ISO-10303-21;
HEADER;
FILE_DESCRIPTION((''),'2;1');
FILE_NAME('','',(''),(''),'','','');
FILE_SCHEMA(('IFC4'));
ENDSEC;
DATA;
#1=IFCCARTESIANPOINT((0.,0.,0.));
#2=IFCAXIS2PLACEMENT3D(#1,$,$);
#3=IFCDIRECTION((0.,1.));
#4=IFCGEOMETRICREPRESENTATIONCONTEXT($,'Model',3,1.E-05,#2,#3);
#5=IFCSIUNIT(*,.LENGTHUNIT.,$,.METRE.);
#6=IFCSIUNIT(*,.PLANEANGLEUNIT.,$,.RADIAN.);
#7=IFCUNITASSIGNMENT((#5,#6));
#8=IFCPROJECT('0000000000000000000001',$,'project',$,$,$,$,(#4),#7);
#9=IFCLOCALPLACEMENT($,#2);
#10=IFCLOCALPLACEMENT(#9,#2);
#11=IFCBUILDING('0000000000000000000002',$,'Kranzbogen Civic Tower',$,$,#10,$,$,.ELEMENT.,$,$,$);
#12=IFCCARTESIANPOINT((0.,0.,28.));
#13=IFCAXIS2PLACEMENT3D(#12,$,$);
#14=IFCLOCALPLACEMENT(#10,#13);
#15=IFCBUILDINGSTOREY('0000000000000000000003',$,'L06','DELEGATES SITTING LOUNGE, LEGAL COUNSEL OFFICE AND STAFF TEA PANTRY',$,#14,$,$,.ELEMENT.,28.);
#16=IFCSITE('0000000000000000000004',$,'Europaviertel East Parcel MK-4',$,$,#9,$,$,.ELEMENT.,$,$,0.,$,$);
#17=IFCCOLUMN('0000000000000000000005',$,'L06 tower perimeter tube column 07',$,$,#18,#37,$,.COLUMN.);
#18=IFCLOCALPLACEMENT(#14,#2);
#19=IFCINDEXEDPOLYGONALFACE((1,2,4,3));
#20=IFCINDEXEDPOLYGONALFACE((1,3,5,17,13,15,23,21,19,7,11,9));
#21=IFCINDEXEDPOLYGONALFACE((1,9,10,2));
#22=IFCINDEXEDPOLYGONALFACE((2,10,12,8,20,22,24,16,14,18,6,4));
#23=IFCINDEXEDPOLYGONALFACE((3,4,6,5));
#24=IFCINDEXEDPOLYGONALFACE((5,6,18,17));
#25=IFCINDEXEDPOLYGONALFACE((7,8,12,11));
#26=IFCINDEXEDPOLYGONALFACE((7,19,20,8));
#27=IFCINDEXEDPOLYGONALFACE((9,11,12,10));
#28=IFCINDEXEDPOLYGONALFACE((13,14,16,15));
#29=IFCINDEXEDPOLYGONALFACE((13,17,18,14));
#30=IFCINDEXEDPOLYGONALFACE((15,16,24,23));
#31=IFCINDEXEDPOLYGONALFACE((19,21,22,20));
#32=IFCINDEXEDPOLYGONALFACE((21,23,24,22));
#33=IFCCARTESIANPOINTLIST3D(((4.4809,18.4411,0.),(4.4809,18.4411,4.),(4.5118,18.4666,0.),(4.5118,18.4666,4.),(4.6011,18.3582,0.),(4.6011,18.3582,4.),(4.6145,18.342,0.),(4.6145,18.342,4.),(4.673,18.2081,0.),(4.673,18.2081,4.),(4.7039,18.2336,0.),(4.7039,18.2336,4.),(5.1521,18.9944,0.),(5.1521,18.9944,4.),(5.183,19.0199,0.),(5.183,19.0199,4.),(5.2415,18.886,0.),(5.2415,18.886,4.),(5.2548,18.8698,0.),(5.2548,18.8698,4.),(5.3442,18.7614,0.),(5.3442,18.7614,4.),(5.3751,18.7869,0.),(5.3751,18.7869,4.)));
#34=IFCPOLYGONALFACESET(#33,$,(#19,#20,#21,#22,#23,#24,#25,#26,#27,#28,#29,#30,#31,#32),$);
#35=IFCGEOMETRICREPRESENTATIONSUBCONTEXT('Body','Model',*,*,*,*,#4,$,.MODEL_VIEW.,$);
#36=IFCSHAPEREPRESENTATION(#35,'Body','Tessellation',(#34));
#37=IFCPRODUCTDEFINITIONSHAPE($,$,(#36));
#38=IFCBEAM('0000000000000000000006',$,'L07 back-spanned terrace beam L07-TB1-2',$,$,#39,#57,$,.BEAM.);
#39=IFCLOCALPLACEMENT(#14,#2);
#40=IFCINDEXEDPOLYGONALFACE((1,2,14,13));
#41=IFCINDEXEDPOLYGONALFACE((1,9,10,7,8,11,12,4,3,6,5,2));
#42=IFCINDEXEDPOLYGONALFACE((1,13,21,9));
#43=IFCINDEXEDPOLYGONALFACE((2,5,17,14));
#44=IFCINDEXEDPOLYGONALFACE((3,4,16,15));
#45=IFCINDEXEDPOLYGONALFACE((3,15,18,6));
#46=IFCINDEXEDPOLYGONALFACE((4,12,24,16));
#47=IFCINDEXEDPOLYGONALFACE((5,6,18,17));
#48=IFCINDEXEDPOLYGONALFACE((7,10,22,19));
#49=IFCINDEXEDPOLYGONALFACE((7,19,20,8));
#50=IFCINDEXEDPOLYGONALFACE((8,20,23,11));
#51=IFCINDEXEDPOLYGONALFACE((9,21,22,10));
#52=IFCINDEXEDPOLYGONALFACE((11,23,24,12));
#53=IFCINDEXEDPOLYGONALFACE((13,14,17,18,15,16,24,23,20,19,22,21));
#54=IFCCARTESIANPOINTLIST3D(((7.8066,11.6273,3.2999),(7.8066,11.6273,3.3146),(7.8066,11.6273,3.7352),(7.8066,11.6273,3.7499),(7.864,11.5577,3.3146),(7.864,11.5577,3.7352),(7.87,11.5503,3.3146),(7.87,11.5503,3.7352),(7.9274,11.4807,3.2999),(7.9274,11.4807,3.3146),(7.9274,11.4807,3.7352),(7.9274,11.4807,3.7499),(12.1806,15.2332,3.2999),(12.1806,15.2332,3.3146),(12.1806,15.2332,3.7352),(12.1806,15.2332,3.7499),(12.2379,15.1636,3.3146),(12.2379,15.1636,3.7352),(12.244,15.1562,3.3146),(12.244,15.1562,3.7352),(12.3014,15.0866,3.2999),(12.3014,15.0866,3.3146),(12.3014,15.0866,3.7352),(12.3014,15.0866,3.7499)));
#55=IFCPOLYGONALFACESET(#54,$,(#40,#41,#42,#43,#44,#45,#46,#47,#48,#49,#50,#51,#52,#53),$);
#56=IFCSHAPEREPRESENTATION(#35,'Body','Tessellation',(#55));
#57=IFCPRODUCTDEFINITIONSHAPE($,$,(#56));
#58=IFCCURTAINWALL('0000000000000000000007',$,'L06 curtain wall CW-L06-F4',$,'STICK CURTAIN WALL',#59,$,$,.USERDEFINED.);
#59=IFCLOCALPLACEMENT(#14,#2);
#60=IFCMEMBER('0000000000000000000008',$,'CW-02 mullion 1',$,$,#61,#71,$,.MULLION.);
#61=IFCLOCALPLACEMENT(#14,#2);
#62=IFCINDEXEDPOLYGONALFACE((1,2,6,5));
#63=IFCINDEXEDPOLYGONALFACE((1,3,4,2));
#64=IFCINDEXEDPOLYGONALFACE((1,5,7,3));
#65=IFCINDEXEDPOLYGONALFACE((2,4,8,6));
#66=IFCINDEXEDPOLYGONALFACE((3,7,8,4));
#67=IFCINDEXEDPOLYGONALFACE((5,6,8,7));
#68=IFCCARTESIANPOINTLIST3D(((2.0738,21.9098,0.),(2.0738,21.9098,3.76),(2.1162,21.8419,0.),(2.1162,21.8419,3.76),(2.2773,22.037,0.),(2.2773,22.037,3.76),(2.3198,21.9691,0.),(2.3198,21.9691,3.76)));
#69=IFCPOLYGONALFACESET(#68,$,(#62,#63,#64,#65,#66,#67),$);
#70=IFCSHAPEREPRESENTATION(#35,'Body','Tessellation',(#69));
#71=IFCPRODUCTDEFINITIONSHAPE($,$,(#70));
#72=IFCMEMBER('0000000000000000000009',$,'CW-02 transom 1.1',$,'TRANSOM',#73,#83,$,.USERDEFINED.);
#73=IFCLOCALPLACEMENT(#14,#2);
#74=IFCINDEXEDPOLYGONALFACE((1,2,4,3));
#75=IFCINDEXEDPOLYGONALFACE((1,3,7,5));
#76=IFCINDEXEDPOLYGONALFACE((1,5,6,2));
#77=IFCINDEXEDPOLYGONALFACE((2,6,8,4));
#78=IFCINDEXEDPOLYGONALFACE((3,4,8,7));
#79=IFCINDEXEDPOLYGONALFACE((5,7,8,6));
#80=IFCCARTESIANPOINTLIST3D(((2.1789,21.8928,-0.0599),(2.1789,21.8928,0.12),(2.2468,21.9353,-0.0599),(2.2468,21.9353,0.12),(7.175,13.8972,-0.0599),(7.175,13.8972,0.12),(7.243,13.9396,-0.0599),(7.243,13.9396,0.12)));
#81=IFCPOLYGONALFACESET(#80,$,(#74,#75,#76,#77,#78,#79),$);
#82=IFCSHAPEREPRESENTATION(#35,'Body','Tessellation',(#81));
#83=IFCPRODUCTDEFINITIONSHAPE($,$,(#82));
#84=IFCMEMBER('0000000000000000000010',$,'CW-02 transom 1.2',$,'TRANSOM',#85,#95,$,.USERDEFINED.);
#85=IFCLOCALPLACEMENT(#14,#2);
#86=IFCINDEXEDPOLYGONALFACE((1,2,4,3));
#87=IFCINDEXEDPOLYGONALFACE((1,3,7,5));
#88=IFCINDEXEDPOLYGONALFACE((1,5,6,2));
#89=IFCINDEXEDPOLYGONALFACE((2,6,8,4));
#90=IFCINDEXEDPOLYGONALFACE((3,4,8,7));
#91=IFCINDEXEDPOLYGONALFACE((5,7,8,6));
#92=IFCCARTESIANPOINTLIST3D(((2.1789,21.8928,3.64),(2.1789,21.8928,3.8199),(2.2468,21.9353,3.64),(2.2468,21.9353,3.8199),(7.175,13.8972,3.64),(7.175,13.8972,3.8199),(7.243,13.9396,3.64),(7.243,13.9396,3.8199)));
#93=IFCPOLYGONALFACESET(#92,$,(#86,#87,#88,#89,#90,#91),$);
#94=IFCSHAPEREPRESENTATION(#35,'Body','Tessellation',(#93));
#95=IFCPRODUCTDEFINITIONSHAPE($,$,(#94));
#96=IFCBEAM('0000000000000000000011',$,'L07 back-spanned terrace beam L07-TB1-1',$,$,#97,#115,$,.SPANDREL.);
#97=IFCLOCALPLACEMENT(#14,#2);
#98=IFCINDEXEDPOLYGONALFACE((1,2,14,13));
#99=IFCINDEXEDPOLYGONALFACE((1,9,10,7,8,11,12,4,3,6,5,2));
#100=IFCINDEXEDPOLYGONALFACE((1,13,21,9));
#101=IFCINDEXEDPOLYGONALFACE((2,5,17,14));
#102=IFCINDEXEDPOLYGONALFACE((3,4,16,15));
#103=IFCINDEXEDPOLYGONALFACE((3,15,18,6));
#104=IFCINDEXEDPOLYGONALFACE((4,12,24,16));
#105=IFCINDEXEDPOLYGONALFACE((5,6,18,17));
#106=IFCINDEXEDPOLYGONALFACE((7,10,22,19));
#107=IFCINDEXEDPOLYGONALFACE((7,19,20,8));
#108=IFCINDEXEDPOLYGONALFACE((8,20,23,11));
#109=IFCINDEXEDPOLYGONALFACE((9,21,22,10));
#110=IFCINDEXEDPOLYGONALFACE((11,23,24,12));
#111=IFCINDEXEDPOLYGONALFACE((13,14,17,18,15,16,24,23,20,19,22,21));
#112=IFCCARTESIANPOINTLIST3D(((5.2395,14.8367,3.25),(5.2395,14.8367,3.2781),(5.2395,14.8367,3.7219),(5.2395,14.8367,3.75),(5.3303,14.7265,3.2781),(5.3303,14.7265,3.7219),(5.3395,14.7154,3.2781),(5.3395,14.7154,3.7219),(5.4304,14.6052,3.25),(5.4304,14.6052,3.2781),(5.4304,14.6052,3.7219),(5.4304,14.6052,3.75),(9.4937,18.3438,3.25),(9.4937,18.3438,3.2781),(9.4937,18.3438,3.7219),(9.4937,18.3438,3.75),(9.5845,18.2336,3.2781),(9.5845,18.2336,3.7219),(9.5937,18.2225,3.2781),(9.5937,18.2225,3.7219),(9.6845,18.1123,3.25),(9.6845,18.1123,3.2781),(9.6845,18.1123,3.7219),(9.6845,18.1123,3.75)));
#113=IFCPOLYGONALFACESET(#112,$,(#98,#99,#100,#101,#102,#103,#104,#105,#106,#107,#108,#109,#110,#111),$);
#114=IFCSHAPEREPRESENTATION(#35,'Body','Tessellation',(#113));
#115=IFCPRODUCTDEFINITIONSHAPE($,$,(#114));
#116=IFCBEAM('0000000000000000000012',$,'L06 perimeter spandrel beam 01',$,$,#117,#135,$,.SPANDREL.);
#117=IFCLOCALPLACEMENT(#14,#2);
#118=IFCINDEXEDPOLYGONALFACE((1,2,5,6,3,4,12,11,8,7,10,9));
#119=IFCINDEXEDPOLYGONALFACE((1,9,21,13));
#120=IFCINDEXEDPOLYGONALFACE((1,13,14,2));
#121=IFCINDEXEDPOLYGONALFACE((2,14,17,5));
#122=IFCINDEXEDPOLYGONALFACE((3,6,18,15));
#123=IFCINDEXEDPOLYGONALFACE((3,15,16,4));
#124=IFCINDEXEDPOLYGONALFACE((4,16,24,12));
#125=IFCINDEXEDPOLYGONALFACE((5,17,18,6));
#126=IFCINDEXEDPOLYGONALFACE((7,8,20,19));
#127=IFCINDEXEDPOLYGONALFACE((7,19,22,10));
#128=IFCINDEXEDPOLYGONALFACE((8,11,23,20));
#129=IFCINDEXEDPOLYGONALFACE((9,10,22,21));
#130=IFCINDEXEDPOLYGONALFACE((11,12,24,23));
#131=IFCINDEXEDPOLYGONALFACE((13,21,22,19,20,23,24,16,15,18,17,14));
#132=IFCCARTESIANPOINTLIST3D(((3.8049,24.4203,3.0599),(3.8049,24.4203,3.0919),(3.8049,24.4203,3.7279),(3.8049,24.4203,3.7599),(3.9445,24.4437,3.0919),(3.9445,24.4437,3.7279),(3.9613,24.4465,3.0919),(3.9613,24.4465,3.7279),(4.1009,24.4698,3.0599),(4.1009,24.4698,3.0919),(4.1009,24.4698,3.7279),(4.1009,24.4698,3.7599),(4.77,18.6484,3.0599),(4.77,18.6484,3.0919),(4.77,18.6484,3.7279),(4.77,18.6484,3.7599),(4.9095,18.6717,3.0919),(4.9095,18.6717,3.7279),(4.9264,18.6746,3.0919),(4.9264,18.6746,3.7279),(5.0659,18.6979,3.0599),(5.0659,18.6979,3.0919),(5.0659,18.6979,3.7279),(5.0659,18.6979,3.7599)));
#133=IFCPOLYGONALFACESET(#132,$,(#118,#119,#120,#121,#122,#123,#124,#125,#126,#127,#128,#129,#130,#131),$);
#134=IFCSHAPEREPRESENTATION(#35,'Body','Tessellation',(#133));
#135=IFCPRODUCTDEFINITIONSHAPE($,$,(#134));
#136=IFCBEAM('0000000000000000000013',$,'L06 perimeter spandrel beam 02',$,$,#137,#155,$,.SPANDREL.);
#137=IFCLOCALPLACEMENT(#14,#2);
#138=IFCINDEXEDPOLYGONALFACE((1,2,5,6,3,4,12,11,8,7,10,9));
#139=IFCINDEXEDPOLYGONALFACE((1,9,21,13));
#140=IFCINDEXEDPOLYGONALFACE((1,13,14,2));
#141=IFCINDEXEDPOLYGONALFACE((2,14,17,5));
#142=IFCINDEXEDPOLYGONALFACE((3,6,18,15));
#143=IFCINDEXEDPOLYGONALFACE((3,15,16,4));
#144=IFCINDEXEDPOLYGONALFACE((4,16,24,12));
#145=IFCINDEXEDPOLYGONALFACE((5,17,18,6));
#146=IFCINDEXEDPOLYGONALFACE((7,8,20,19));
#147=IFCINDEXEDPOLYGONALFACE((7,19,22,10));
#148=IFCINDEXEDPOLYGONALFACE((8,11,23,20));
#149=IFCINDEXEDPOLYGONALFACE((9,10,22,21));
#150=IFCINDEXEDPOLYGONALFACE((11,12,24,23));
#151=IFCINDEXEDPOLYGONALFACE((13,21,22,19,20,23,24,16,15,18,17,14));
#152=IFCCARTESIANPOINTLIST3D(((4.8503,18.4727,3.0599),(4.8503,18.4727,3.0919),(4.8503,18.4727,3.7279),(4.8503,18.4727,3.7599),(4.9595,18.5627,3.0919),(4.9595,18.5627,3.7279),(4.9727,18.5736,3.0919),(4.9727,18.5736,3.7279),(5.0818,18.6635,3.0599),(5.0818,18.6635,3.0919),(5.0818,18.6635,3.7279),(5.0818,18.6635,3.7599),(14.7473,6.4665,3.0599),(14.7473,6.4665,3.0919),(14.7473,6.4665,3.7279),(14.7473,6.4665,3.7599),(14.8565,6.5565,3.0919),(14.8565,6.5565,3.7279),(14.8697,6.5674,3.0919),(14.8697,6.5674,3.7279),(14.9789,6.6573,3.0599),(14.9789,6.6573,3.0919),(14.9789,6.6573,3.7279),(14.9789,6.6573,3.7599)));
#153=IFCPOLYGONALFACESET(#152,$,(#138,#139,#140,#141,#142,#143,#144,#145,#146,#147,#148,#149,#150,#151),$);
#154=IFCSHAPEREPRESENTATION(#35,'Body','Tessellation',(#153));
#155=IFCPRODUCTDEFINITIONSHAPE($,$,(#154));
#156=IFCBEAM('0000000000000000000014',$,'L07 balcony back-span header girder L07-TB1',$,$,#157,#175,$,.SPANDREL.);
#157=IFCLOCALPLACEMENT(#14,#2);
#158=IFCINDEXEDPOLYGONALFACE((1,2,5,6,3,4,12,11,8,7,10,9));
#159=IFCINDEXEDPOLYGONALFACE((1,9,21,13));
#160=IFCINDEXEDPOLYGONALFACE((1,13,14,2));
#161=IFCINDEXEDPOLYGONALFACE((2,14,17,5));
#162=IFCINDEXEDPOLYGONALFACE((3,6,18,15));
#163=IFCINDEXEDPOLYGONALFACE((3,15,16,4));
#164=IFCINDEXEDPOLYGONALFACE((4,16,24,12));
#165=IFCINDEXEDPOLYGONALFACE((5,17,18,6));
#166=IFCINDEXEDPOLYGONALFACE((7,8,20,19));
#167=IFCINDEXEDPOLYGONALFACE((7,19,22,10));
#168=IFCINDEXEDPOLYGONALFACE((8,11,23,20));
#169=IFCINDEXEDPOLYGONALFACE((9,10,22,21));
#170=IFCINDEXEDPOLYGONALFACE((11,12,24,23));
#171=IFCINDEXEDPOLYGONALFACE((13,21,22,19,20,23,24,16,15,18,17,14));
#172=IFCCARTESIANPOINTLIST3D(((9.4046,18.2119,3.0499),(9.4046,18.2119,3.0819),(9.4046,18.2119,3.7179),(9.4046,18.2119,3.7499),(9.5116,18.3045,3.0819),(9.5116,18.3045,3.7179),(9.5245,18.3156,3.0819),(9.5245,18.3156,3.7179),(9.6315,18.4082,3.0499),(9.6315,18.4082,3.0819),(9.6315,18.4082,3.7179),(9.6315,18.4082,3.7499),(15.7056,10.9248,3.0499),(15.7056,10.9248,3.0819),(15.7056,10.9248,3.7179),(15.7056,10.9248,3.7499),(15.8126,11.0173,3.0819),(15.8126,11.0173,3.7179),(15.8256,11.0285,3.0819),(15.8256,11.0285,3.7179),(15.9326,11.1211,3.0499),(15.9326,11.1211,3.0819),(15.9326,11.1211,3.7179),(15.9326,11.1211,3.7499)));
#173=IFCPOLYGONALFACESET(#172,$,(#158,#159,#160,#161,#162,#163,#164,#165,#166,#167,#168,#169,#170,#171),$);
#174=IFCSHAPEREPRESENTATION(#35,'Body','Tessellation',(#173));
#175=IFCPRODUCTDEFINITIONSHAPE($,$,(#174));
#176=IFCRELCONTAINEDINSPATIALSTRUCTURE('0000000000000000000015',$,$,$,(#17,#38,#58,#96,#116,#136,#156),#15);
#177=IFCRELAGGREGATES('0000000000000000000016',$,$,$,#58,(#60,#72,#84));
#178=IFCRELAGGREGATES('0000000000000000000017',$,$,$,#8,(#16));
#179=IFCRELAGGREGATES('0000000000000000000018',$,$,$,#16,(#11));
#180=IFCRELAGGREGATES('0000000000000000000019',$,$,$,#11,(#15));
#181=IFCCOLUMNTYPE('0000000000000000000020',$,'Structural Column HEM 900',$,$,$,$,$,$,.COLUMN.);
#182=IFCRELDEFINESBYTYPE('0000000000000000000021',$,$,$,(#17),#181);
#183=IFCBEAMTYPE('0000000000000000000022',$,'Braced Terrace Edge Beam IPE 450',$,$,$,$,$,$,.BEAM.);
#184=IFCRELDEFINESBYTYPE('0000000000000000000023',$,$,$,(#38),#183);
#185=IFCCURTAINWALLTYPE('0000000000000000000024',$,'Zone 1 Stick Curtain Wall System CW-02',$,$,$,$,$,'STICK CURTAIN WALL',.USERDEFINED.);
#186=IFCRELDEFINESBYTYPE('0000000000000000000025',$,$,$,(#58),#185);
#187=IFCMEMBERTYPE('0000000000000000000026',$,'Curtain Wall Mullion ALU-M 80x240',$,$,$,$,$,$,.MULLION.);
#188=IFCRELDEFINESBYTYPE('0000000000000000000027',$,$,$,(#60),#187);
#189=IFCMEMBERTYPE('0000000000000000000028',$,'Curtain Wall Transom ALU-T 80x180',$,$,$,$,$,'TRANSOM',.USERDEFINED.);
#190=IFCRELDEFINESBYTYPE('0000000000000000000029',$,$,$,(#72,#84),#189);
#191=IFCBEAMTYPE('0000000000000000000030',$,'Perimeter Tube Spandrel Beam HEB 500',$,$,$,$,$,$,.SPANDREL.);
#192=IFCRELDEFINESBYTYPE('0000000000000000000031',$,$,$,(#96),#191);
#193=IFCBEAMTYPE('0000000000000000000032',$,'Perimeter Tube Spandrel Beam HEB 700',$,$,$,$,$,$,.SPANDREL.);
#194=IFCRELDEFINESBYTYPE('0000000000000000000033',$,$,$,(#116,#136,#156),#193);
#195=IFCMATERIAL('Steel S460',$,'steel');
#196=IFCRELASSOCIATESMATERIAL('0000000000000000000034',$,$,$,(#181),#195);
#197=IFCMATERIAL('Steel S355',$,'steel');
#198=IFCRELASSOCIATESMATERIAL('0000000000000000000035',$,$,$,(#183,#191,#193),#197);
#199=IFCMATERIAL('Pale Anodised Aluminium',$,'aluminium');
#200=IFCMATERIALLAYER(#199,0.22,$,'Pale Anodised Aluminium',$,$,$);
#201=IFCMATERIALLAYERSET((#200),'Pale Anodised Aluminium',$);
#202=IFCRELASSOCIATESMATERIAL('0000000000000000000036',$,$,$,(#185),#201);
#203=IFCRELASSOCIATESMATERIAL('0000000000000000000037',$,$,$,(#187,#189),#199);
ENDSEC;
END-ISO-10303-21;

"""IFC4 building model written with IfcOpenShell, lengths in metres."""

from ifc_helpers import new_model, si_unit, direction, frame, origin, origin_2d, place, context, subcontext, project, spatial, rectangle, i_section, extrude, material, layer, layer_set, material_profile, profile_set, type_object, element, aggregate, save


model = new_model("IFC4")

# Units and contexts
model_context = context("Model", 3, precision=1e-05, world=origin(), true_north=direction((0.0, 1.0)))
body_context = subcontext(model_context, "Body", "Model", "MODEL_VIEW")
ifc_project = project(units=[si_unit("LENGTHUNIT", "METRE"), si_unit("PLANEANGLEUNIT", "RADIAN")], contexts=[model_context])

# Site, building, storey
site_placement = place(None, origin())
site = spatial("IfcSite", under=ifc_project, at=site_placement, Name="Europaviertel East Parcel MK-4", CompositionType="ELEMENT", RefElevation=0.0)
building_placement = place(site_placement, origin())
building = spatial("IfcBuilding", under=site, at=building_placement, Name="Kranzbogen Civic Tower", CompositionType="ELEMENT")
storey_placement = place(building_placement, frame((0.0, 0.0, 28.0)))
storey = spatial("IfcBuildingStorey", under=building, at=storey_placement, Name="L06", Description="DELEGATES SITTING LOUNGE, LEGAL COUNSEL OFFICE AND STAFF TEA PANTRY", CompositionType="ELEMENT", Elevation=28.0)

# Column
ifc_material_1 = material(Name="Steel S460", Category="steel")
ifc_material_profile_1 = material_profile(ifc_material_1, i_section(OverallWidth=0.302, OverallDepth=0.9099, WebThickness=0.021, FlangeThickness=0.04, at=origin_2d()), Name="HEM 900")
ifc_profile_set_1 = profile_set([ifc_material_profile_1], Name="Steel S460")
column_type = type_object("IfcColumnType", Name="Structural Column HEM 900", PredefinedType="COLUMN", material=ifc_profile_set_1)
column_placement = place(storey_placement, frame((4.928, 18.614, 0.0), z_axis=(0.0, 0.0, 1.0), x_axis=(-0.636078, 0.771625, 0.0)))
element("IfcColumn", 1, at=column_placement, inside=storey, type_object=column_type, Name="L06 tower perimeter tube column 07", PredefinedType="COLUMN", context=body_context, shape_type="SweptSolid", body=[
    extrude(i_section(OverallWidth=0.302, OverallDepth=0.9099, WebThickness=0.021, FlangeThickness=0.04, at=origin_2d()), origin(), (0.0, 0.0, 1.0), 4.0),
])

# Beam
ifc_material_2 = material(Name="Steel S355", Category="steel")
ifc_material_profile_2 = material_profile(ifc_material_2, i_section(OverallWidth=0.1899, OverallDepth=0.45, WebThickness=0.0095, FlangeThickness=0.0146, at=origin_2d()), Name="IPE 450")
ifc_profile_set_2 = profile_set([ifc_material_profile_2], Name="Steel S355")
beam_type_1 = type_object("IfcBeamType", Name="Braced Terrace Edge Beam IPE 450", PredefinedType="BEAM", material=ifc_profile_set_2)
beam_1_placement = place(storey_placement, frame((12.241, 15.1599, 3.5249), z_axis=(-0.771599, -0.636109, 0.0), x_axis=(0.636109, -0.771599, 0.0)))
element("IfcBeam", 2, at=beam_1_placement, inside=storey, type_object=beam_type_1, Name="L07 back-spanned terrace beam L07-TB1-2", PredefinedType="BEAM", context=body_context, shape_type="SweptSolid", body=[
    extrude(i_section(OverallWidth=0.1899, OverallDepth=0.45, WebThickness=0.0095, FlangeThickness=0.0146, at=origin_2d()), origin(), (0.0, 0.0, 1.0), 5.6687),
])

# Curtain wall, members
ifc_material_3 = material(Name="Pale Anodised Aluminium", Category="aluminium")
ifc_layer_1 = layer(ifc_material_3, 0.22, Name="Pale Anodised Aluminium")
ifc_layer_set_1 = layer_set([ifc_layer_1], Name="Pale Anodised Aluminium")
curtain_wall_type = type_object("IfcCurtainWallType", Name="Zone 1 Stick Curtain Wall System CW-02", ElementType="STICK CURTAIN WALL", PredefinedType="USERDEFINED", material=ifc_layer_set_1)
curtain_wall_placement = place(storey_placement, origin())
curtain_wall = element("IfcCurtainWall", 3, at=curtain_wall_placement, inside=storey, type_object=curtain_wall_type, Name="L06 curtain wall CW-L06-F4", ObjectType="STICK CURTAIN WALL", PredefinedType="USERDEFINED")
ifc_material_profile_3 = material_profile(ifc_material_3, rectangle(XDim=0.0801, YDim=0.24, at=origin_2d()), Name="ALU-M 80x240")
ifc_profile_set_3 = profile_set([ifc_material_profile_3], Name="Pale Anodised Aluminium")
member_type_1 = type_object("IfcMemberType", Name="Curtain Wall Mullion ALU-M 80x240", PredefinedType="MULLION", material=ifc_profile_set_3)
member_1_placement = place(storey_placement, frame((2.1968, 21.9395, 0.0), z_axis=(0.0, 0.0, 1.0), x_axis=(0.529923, -0.848046, 0.0)))
member_1 = element("IfcMember", 4, at=member_1_placement, type_object=member_type_1, Name="CW-02 mullion 1", PredefinedType="MULLION", context=body_context, shape_type="SweptSolid", body=[
    extrude(rectangle(XDim=0.0801, YDim=0.24, at=origin_2d()), origin(), (0.0, 0.0, 1.0), 3.76),
])
ifc_material_profile_4 = material_profile(ifc_material_3, rectangle(XDim=0.0801, YDim=0.1799, at=origin_2d()), Name="ALU-T 80x180")
ifc_profile_set_4 = profile_set([ifc_material_profile_4], Name="Pale Anodised Aluminium")
member_type_2 = type_object("IfcMemberType", Name="Curtain Wall Transom ALU-T 80x180", ElementType="TRANSOM", PredefinedType="USERDEFINED", material=ifc_profile_set_4)
member_2_placement = place(storey_placement, frame((2.2129, 21.9141, 0.03), z_axis=(0.52991, -0.848054, 0.0), x_axis=(0.848054, 0.52991, 0.0)))
member_2 = element("IfcMember", 5, at=member_2_placement, type_object=member_type_2, Name="CW-02 transom 1.1", ObjectType="TRANSOM", PredefinedType="USERDEFINED", context=body_context, shape_type="SweptSolid", body=[
    extrude(rectangle(XDim=0.0801, YDim=0.1799, at=origin_2d()), origin(), (0.0, 0.0, 1.0), 9.4282),
])
member_3_placement = place(storey_placement, frame((2.2129, 21.9141, 3.73), z_axis=(0.52991, -0.848054, 0.0), x_axis=(0.848054, 0.52991, 0.0)))
member_3 = element("IfcMember", 6, at=member_3_placement, type_object=member_type_2, Name="CW-02 transom 1.2", ObjectType="TRANSOM", PredefinedType="USERDEFINED", context=body_context, shape_type="SweptSolid", body=[
    extrude(rectangle(XDim=0.0801, YDim=0.1799, at=origin_2d()), origin(), (0.0, 0.0, 1.0), 9.4282),
])

# Beams
ifc_material_profile_5 = material_profile(ifc_material_2, i_section(OverallWidth=0.3, OverallDepth=0.5, WebThickness=0.0144, FlangeThickness=0.0281, at=origin_2d()), Name="HEB 500")
ifc_profile_set_5 = profile_set([ifc_material_profile_5], Name="Steel S355")
beam_type_2 = type_object("IfcBeamType", Name="Perimeter Tube Spandrel Beam HEB 500", PredefinedType="SPANDREL", material=ifc_profile_set_5)
beam_2_placement = place(storey_placement, frame((9.5891, 18.228, 3.5), z_axis=(-0.771604, -0.636103, 0.0), x_axis=(0.636103, -0.771604, 0.0)))
element("IfcBeam", 7, at=beam_2_placement, inside=storey, type_object=beam_type_2, Name="L07 back-spanned terrace beam L07-TB1-1", PredefinedType="SPANDREL", context=body_context, shape_type="SweptSolid", body=[
    extrude(i_section(OverallWidth=0.3, OverallDepth=0.5, WebThickness=0.0144, FlangeThickness=0.0281, at=origin_2d()), origin(), (0.0, 0.0, 1.0), 5.5134),
])
ifc_material_profile_6 = material_profile(ifc_material_2, i_section(OverallWidth=0.3, OverallDepth=0.7, WebThickness=0.0171, FlangeThickness=0.032, at=origin_2d()), Name="HEB 700")
ifc_profile_set_6 = profile_set([ifc_material_profile_6], Name="Steel S355")
beam_type_3 = type_object("IfcBeamType", Name="Perimeter Tube Spandrel Beam HEB 700", PredefinedType="SPANDREL", material=ifc_profile_set_6)
beam_3_placement = place(storey_placement, frame((3.9529, 24.4451, 3.4099), z_axis=(0.164913, -0.986308, 0.0), x_axis=(0.986308, 0.164913, 0.0)))
element("IfcBeam", 8, at=beam_3_placement, inside=storey, type_object=beam_type_3, Name="L06 perimeter spandrel beam 01", PredefinedType="SPANDREL", context=body_context, shape_type="SweptSolid", body=[
    extrude(i_section(OverallWidth=0.3, OverallDepth=0.7, WebThickness=0.0171, FlangeThickness=0.032, at=origin_2d()), origin(), (0.0, 0.0, 1.0), 5.8521),
])
beam_4_placement = place(storey_placement, frame((4.9661, 18.5681, 3.4099), z_axis=(0.636075, -0.771628, 0.0), x_axis=(0.771628, 0.636075, 0.0)))
element("IfcBeam", 9, at=beam_4_placement, inside=storey, type_object=beam_type_3, Name="L06 perimeter spandrel beam 02", PredefinedType="SPANDREL", context=body_context, shape_type="SweptSolid", body=[
    extrude(i_section(OverallWidth=0.3, OverallDepth=0.7, WebThickness=0.0171, FlangeThickness=0.032, at=origin_2d()), origin(), (0.0, 0.0, 1.0), 15.5596),
])
beam_5_placement = place(storey_placement, frame((9.5181, 18.3101, 3.3999), z_axis=(0.654072, -0.756432, 0.0), x_axis=(0.756432, 0.654072, 0.0)))
element("IfcBeam", 10, at=beam_5_placement, inside=storey, type_object=beam_type_3, Name="L07 balcony back-span header girder L07-TB1", PredefinedType="SPANDREL", context=body_context, shape_type="SweptSolid", body=[
    extrude(i_section(OverallWidth=0.3, OverallDepth=0.7, WebThickness=0.0171, FlangeThickness=0.032, at=origin_2d()), origin(), (0.0, 0.0, 1.0), 9.6335),
])

aggregate(curtain_wall, [member_1, member_2, member_3])

save(model, "model.ifc")
